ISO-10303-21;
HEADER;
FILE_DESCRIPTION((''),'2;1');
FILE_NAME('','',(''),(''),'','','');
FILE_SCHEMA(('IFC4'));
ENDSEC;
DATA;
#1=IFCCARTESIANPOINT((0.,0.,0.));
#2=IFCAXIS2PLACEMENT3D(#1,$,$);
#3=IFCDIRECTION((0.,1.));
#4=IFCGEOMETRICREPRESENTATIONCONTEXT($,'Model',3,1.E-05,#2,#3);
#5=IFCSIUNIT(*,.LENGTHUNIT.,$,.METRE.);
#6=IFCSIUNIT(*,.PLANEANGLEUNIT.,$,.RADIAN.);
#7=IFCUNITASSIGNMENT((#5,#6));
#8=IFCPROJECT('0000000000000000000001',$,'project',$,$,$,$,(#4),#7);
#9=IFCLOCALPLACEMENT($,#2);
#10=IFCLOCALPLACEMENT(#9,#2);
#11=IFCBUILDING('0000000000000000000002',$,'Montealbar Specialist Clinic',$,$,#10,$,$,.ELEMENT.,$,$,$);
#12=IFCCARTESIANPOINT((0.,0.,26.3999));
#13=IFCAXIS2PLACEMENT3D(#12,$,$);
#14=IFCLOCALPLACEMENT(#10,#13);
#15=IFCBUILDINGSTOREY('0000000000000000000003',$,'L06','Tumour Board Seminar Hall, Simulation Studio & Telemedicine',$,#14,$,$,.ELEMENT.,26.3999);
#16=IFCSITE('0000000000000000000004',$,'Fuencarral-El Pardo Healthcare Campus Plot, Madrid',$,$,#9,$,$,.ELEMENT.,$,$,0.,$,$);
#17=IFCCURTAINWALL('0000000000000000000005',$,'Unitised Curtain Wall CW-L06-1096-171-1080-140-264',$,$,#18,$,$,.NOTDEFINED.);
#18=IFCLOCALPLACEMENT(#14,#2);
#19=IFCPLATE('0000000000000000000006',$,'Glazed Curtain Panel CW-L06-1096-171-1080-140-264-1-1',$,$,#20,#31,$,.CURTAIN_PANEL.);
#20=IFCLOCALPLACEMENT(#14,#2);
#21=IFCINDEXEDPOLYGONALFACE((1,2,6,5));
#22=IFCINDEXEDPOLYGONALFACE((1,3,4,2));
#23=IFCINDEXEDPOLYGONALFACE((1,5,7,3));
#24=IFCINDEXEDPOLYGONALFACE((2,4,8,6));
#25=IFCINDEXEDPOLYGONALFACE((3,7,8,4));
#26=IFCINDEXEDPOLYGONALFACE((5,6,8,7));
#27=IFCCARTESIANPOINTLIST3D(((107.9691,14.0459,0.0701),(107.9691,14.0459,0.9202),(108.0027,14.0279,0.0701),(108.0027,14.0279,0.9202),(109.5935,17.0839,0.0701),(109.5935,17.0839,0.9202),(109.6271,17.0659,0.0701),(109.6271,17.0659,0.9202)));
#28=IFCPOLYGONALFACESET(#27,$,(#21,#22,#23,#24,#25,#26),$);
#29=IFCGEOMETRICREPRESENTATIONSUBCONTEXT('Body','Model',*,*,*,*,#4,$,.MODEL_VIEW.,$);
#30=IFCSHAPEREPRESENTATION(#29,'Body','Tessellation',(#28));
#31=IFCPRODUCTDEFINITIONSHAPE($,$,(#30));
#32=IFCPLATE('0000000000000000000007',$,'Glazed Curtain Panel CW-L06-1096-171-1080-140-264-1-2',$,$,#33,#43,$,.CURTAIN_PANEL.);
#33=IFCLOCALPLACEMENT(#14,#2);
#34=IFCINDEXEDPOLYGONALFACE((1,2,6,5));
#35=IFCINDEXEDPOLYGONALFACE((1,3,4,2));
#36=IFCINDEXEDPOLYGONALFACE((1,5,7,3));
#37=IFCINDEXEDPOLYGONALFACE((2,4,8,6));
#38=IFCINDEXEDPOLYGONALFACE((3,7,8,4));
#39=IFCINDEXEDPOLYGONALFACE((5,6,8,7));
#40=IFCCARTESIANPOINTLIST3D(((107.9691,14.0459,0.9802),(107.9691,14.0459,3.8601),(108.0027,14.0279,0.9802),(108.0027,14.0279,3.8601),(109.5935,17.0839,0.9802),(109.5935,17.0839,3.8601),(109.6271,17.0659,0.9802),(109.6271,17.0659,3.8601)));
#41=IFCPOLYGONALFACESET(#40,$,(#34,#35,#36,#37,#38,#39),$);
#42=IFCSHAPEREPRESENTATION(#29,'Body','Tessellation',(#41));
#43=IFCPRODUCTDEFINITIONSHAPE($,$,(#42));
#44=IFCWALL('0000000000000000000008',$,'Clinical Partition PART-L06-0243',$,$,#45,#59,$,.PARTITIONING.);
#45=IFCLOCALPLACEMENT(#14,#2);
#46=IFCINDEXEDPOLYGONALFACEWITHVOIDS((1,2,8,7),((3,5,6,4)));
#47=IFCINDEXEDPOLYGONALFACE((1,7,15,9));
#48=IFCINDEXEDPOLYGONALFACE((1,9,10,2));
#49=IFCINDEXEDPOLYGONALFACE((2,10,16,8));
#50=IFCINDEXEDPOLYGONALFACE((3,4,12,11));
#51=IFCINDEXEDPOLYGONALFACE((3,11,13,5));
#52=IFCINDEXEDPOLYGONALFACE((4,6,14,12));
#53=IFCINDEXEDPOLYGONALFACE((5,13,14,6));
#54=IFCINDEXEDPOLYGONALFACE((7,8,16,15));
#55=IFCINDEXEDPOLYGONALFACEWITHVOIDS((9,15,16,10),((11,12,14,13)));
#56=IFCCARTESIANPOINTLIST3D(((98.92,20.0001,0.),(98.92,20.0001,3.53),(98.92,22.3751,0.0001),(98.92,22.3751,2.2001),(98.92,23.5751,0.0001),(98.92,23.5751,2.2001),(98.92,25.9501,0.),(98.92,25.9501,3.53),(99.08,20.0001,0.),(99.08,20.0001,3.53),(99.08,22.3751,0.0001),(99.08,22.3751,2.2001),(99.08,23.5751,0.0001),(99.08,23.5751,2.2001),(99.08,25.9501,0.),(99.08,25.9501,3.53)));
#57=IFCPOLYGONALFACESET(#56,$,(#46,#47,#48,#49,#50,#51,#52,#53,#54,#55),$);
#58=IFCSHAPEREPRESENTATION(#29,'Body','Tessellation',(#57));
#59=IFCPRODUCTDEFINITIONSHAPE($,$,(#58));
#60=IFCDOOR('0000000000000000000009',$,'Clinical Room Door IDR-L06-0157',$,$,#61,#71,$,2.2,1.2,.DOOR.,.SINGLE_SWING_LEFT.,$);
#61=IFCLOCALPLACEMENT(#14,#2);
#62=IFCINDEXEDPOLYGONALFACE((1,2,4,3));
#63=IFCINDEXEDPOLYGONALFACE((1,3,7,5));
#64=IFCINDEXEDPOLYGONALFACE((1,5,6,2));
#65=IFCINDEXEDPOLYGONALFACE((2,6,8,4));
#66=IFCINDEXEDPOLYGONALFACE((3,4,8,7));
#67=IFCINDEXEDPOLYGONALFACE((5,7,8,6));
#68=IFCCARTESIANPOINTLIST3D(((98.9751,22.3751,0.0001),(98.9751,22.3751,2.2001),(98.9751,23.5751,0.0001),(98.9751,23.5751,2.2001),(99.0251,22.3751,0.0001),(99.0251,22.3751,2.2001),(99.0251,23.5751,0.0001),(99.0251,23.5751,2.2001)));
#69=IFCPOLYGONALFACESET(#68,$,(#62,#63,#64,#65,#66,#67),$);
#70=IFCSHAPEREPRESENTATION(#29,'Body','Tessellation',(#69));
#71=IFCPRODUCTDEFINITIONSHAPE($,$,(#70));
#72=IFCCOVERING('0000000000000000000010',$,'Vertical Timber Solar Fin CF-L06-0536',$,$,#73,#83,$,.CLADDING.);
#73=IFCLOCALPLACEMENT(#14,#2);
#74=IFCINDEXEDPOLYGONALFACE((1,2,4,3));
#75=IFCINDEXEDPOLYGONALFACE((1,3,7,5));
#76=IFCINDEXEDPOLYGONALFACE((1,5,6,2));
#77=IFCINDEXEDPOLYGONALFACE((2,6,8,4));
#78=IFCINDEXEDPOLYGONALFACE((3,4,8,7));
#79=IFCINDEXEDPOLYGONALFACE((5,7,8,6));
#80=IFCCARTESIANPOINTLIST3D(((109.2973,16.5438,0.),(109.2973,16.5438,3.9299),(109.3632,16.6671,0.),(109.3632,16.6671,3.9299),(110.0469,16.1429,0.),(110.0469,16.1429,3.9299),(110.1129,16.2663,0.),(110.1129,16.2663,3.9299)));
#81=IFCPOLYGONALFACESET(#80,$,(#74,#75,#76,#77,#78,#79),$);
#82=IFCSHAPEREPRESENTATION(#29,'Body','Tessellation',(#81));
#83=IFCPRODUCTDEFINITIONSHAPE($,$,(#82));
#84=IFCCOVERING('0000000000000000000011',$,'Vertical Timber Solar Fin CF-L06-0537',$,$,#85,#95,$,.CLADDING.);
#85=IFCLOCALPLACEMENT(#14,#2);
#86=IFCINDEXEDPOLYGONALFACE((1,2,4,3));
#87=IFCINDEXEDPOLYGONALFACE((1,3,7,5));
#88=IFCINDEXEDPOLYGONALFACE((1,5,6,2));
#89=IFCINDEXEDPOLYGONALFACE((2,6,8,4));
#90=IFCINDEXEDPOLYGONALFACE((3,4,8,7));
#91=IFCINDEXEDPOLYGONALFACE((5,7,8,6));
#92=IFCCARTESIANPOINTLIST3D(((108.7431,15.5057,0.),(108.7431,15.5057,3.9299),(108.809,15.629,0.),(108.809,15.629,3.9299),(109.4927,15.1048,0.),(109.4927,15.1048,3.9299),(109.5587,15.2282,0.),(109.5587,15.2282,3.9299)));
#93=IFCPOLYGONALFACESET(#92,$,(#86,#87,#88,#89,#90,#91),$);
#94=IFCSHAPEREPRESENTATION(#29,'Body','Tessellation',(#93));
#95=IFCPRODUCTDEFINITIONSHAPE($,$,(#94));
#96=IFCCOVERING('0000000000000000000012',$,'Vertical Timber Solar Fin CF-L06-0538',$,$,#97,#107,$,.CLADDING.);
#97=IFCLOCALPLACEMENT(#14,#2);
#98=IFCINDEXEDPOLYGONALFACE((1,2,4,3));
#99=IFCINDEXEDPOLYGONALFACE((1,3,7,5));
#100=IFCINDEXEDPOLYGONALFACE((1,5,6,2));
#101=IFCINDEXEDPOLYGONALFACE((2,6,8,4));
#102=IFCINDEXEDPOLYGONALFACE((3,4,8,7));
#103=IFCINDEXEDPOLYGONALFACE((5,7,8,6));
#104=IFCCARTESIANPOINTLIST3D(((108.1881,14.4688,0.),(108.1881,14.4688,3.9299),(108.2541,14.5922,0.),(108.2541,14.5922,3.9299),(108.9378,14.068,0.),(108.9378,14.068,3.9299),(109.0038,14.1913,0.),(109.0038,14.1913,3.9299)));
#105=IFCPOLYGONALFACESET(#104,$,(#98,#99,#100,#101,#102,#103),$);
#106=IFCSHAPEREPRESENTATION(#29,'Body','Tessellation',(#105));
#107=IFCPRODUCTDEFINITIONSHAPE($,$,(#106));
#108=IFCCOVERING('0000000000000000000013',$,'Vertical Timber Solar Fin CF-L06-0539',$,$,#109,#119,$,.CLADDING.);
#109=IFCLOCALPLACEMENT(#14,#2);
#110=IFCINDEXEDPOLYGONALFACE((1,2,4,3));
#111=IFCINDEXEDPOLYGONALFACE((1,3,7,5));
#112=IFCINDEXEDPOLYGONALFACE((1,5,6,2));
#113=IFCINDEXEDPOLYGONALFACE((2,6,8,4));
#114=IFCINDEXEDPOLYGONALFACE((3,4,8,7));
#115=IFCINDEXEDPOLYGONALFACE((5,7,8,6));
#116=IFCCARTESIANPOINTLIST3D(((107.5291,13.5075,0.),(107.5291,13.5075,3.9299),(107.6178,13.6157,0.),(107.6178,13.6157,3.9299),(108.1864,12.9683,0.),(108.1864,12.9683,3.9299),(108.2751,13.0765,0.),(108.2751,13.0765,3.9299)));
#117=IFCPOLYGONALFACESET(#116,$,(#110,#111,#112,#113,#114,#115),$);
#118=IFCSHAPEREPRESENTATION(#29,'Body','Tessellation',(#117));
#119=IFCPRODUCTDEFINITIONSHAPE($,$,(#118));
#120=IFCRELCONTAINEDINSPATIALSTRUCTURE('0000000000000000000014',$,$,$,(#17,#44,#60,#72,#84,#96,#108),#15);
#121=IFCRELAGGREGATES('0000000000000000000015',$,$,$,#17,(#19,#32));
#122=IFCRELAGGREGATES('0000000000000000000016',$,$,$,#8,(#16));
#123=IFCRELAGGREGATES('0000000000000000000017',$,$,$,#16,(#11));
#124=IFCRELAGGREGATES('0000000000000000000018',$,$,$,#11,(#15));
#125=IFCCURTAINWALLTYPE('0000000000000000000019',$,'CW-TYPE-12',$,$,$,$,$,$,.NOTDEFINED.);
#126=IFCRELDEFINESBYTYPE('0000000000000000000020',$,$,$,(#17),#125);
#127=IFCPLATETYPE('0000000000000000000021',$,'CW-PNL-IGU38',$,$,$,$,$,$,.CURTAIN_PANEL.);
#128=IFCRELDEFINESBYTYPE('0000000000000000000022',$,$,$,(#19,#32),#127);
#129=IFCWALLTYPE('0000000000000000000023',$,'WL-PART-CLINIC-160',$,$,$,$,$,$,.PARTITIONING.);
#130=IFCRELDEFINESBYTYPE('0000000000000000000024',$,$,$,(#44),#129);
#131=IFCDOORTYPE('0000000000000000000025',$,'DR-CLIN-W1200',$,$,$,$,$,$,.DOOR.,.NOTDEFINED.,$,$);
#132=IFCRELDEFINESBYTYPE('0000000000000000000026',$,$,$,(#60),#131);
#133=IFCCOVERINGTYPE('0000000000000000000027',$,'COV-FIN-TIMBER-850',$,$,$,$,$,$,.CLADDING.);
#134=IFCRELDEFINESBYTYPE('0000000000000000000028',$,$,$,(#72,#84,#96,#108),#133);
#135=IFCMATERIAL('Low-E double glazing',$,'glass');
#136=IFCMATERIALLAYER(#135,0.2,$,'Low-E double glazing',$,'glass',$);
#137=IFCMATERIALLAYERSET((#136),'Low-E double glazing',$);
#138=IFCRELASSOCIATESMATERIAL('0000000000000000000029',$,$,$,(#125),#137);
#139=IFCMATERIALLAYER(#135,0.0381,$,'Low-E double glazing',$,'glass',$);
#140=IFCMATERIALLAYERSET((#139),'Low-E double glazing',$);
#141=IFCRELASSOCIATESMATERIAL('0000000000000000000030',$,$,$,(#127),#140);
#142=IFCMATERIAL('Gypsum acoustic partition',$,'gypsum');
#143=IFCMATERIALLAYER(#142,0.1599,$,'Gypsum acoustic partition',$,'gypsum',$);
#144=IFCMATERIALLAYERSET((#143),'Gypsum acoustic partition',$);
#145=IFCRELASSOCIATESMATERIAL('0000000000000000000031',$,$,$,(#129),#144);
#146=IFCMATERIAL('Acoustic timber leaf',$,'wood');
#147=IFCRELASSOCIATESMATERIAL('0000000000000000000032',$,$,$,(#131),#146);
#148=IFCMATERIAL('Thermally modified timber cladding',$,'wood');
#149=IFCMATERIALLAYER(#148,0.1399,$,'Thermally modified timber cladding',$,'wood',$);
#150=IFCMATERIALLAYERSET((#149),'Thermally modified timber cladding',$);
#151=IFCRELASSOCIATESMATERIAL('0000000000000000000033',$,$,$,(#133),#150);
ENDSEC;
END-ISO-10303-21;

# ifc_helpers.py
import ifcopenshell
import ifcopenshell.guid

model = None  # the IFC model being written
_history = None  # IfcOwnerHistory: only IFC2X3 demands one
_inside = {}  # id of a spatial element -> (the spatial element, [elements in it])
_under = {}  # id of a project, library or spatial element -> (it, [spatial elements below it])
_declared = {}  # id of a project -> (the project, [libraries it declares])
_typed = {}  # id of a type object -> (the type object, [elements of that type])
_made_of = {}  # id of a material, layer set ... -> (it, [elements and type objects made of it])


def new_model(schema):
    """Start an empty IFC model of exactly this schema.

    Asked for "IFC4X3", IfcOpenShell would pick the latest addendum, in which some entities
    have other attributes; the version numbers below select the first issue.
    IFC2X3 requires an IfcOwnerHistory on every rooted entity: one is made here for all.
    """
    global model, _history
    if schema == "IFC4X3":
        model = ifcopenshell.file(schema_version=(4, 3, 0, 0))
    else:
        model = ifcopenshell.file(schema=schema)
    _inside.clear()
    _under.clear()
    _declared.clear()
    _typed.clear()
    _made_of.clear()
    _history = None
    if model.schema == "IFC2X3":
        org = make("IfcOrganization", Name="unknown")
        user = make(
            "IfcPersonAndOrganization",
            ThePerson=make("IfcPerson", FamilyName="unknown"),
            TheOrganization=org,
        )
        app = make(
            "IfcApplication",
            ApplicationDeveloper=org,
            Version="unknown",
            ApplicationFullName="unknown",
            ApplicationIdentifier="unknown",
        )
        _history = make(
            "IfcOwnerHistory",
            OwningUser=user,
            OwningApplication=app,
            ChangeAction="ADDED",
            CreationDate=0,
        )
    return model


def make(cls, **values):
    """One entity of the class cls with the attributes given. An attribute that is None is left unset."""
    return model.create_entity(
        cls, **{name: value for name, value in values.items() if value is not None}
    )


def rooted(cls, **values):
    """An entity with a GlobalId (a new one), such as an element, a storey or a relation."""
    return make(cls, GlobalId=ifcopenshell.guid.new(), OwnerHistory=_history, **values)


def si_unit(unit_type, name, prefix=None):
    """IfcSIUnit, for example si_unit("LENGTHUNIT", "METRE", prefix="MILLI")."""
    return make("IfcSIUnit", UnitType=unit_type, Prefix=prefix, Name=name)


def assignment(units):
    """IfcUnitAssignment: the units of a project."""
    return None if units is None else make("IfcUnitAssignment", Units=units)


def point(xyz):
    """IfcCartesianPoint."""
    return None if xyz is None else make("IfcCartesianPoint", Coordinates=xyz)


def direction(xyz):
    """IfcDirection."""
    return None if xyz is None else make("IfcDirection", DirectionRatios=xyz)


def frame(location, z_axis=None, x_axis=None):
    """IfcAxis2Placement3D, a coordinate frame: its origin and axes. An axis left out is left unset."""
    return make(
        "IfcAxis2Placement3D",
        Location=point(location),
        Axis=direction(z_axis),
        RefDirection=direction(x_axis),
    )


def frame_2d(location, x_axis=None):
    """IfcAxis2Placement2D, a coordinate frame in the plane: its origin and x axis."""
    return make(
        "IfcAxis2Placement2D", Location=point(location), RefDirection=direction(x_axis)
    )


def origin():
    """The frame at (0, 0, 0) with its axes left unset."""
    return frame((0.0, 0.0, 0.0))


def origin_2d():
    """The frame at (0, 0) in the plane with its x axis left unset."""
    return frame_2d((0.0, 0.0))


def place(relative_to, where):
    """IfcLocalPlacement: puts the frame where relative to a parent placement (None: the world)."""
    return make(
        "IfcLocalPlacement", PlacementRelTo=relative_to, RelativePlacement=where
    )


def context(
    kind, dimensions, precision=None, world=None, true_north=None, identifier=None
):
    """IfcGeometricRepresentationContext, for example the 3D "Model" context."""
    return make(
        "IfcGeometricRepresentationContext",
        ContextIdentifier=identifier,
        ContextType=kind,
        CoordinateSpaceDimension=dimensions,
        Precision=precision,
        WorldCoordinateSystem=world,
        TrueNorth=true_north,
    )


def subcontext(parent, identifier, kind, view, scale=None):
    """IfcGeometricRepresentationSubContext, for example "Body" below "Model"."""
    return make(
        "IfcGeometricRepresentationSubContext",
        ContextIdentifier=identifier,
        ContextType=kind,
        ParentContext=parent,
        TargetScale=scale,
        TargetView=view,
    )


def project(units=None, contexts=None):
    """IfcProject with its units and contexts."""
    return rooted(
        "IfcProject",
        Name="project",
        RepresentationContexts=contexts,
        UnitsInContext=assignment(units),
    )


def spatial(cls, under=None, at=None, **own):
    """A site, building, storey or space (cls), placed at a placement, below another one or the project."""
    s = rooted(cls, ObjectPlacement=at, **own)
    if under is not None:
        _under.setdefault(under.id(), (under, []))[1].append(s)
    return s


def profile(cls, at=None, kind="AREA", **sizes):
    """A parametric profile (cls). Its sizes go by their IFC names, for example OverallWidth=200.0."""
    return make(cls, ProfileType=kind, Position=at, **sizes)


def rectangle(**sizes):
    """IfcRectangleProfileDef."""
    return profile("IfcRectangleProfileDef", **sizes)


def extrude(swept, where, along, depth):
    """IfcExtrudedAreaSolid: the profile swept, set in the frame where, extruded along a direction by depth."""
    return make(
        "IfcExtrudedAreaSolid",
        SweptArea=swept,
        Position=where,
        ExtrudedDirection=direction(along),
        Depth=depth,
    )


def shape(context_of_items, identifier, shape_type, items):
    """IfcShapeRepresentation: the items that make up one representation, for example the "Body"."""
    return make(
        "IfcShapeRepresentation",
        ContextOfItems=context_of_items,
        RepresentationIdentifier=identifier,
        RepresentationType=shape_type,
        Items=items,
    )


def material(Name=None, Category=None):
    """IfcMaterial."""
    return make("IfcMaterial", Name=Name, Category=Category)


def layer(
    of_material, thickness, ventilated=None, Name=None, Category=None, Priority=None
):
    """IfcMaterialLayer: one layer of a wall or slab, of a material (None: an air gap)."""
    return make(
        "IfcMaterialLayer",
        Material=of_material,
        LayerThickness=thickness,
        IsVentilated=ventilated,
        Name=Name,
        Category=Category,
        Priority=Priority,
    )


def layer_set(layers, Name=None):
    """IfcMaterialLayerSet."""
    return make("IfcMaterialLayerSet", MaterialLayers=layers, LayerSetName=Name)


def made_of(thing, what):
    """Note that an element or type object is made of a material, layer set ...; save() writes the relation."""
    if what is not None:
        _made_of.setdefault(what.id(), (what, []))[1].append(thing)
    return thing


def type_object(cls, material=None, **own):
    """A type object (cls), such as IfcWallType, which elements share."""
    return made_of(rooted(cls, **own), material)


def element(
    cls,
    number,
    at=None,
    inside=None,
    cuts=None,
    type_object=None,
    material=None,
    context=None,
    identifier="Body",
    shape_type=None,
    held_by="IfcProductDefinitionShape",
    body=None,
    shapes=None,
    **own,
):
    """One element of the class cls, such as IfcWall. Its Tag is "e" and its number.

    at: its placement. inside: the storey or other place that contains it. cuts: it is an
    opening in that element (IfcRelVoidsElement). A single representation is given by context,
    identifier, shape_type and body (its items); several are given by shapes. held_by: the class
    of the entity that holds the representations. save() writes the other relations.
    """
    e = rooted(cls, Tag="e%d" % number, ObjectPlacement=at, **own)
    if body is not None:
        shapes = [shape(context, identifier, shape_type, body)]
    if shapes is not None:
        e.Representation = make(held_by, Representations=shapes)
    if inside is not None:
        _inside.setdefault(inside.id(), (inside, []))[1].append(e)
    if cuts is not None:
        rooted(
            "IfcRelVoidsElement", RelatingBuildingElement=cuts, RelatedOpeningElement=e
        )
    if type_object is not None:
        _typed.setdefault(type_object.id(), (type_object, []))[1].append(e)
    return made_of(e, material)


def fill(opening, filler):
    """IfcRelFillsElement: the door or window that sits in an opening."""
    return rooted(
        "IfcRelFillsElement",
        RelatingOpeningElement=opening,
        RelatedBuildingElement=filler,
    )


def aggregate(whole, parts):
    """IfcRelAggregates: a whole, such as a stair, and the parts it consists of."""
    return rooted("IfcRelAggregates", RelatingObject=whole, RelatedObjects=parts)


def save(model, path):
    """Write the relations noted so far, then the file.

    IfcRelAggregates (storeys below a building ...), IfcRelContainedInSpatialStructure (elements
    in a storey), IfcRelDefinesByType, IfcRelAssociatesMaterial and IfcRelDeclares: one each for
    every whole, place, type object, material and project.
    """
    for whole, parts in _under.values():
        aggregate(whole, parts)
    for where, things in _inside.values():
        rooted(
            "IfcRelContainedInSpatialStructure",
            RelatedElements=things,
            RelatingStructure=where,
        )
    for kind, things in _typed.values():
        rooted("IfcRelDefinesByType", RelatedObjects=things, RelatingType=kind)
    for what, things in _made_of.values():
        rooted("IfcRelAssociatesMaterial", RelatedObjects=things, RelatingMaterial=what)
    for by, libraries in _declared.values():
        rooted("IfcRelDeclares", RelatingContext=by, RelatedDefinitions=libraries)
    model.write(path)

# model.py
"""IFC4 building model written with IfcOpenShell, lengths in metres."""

from ifc_helpers import new_model, si_unit, direction, frame, frame_2d, origin, origin_2d, place, context, subcontext, project, spatial, rectangle, extrude, material, layer, layer_set, type_object, element, fill, aggregate, save


model = new_model("IFC4")

# Units and contexts
model_context = context("Model", 3, precision=1e-05, world=origin(), true_north=direction((0.0, 1.0)))
body_context = subcontext(model_context, "Body", "Model", "MODEL_VIEW")
ifc_project = project(units=[si_unit("LENGTHUNIT", "METRE"), si_unit("PLANEANGLEUNIT", "RADIAN")], contexts=[model_context])

# Site, building, storey
site_placement = place(None, origin())
site = spatial("IfcSite", under=ifc_project, at=site_placement, Name="Fuencarral-El Pardo Healthcare Campus Plot, Madrid", CompositionType="ELEMENT", RefElevation=0.0)
building_placement = place(site_placement, origin())
building = spatial("IfcBuilding", under=site, at=building_placement, Name="Montealbar Specialist Clinic", CompositionType="ELEMENT")
storey_placement = place(building_placement, frame((0.0, 0.0, 26.3999)))
storey = spatial("IfcBuildingStorey", under=building, at=storey_placement, Name="L06", Description="Tumour Board Seminar Hall, Simulation Studio & Telemedicine", CompositionType="ELEMENT", Elevation=26.3999)

# Shared definitions
ifc_material_1 = material(Name="Low-E double glazing", Category="glass")
ifc_layer_1 = layer(ifc_material_1, 0.2, Name="Low-E double glazing", Category="glass")
ifc_layer_set_1 = layer_set([ifc_layer_1], Name="Low-E double glazing")
curtain_wall_type = type_object("IfcCurtainWallType", Name="CW-TYPE-12", PredefinedType="NOTDEFINED", material=ifc_layer_set_1)

# Curtain wall
curtain_wall_1_placement = place(storey_placement, origin())
curtain_wall_1 = element("IfcCurtainWall", 1, at=curtain_wall_1_placement, inside=storey, type_object=curtain_wall_type, Name="Unitised Curtain Wall CW-L06-1096-171-1080-140-264", PredefinedType="NOTDEFINED")

# Plates
ifc_layer_2 = layer(ifc_material_1, 0.0381, Name="Low-E double glazing", Category="glass")
ifc_layer_set_2 = layer_set([ifc_layer_2], Name="Low-E double glazing")
plate_type = type_object("IfcPlateType", Name="CW-PNL-IGU38", PredefinedType="CURTAIN_PANEL", material=ifc_layer_set_2)
plate_1_placement = place(storey_placement, frame((108.7981, 15.5559, 0.0701), z_axis=(0.0, 0.0, 1.0), x_axis=(-0.471529, -0.88185, 0.0)))
plate_1 = element("IfcPlate", 2, at=plate_1_placement, type_object=plate_type, Name="Glazed Curtain Panel CW-L06-1096-171-1080-140-264-1-1", PredefinedType="CURTAIN_PANEL", context=body_context, shape_type="SweptSolid", body=[
    extrude(rectangle(XDim=3.4451, YDim=0.0381, at=origin_2d()), origin(), (0.0, 0.0, 1.0), 0.8501),
])
plate_2_placement = place(storey_placement, frame((108.7981, 15.5559, 0.9802), z_axis=(0.0, 0.0, 1.0), x_axis=(-0.471529, -0.88185, 0.0)))
plate_2 = element("IfcPlate", 3, at=plate_2_placement, type_object=plate_type, Name="Glazed Curtain Panel CW-L06-1096-171-1080-140-264-1-2", PredefinedType="CURTAIN_PANEL", context=body_context, shape_type="SweptSolid", body=[
    extrude(rectangle(XDim=3.4451, YDim=0.0381, at=origin_2d()), origin(), (0.0, 0.0, 1.0), 2.8799),
])
aggregate(curtain_wall_1, [plate_1, plate_2])

# Wall, opening, door
ifc_material_2 = material(Name="Gypsum acoustic partition", Category="gypsum")
ifc_layer_3 = layer(ifc_material_2, 0.1599, Name="Gypsum acoustic partition", Category="gypsum")
ifc_layer_set_3 = layer_set([ifc_layer_3], Name="Gypsum acoustic partition")
wall_type = type_object("IfcWallType", Name="WL-PART-CLINIC-160", PredefinedType="PARTITIONING", material=ifc_layer_set_3)
wall_placement = place(storey_placement, frame((99.0, 20.0, 0.0), z_axis=(0.0, 0.0, 1.0), x_axis=(0.0, 1.0, 0.0)))
wall = element("IfcWall", 4, at=wall_placement, inside=storey, type_object=wall_type, Name="Clinical Partition PART-L06-0243", PredefinedType="PARTITIONING", context=body_context, shape_type="SweptSolid", body=[
    extrude(rectangle(XDim=5.95, YDim=0.1599, at=frame_2d((2.9751, 0.0))), origin(), (0.0, 0.0, 1.0), 3.53),
])
opening_placement = place(wall_placement, frame((2.375, 0.0, 0.0)))
opening = element("IfcOpeningElement", 5, at=opening_placement, cuts=wall, PredefinedType="OPENING", context=body_context, shape_type="SweptSolid", body=[
    extrude(rectangle(XDim=1.2, YDim=2.2, at=frame_2d((0.6001, 1.1001))), frame((0.0, 0.0898, 0.0), z_axis=(0.0, -1.0, 0.0), x_axis=(1.0, 0.0, 0.0)), (0.0, 0.0, 1.0), 0.1799),
])
ifc_material_3 = material(Name="Acoustic timber leaf", Category="wood")
door_type = type_object("IfcDoorType", Name="DR-CLIN-W1200", OperationType="NOTDEFINED", PredefinedType="DOOR", material=ifc_material_3)
door_placement = place(opening_placement, origin())
door = element("IfcDoor", 6, at=door_placement, inside=storey, type_object=door_type, Name="Clinical Room Door IDR-L06-0157", OperationType="SINGLE_SWING_LEFT", OverallHeight=2.2, OverallWidth=1.2, PredefinedType="DOOR", context=body_context, shape_type="SweptSolid", body=[
    extrude(rectangle(XDim=1.2, YDim=2.2, at=frame_2d((0.6001, 1.1001))), frame((0.0, 0.0249, 0.0), z_axis=(0.0, -1.0, 0.0), x_axis=(1.0, 0.0, 0.0)), (0.0, 0.0, 1.0), 0.05),
])
fill(opening, door)

# Coverings
ifc_material_4 = material(Name="Thermally modified timber cladding", Category="wood")
ifc_layer_4 = layer(ifc_material_4, 0.1399, Name="Thermally modified timber cladding", Category="wood")
ifc_layer_set_4 = layer_set([ifc_layer_4], Name="Thermally modified timber cladding")
covering_type = type_object("IfcCoveringType", Name="COV-FIN-TIMBER-850", PredefinedType="CLADDING", material=ifc_layer_set_4)
for number, where, z_axis, x_axis, name in (
    (7, (109.7051, 16.405, 0.0), (0.0, 0.0, 1.0), (0.88185, -0.471529, 0.0), "Vertical Timber Solar Fin CF-L06-0536"),
    (8, (109.1509, 15.3669, 0.0), (0.0, 0.0, 1.0), (0.88185, -0.471529, 0.0), "Vertical Timber Solar Fin CF-L06-0537"),
    (9, (108.5959, 14.3301, 0.0), (0.0, 0.0, 1.0), (0.88185, -0.471529, 0.0), "Vertical Timber Solar Fin CF-L06-0538"),
    (10, (107.9021, 13.292, 0.0), (0.0, 0.0, 1.0), (0.773123, -0.634256, 0.0), "Vertical Timber Solar Fin CF-L06-0539"),
):
    element("IfcCovering", number, at=place(storey_placement, frame(where, z_axis=z_axis, x_axis=x_axis)), inside=storey, type_object=covering_type, Name=name, PredefinedType="CLADDING", context=body_context, shape_type="SweptSolid", body=[
        extrude(rectangle(XDim=0.8501, YDim=0.1399, at=origin_2d()), origin(), (0.0, 0.0, 1.0), 3.9299),
    ])

save(model, "model.ifc")
